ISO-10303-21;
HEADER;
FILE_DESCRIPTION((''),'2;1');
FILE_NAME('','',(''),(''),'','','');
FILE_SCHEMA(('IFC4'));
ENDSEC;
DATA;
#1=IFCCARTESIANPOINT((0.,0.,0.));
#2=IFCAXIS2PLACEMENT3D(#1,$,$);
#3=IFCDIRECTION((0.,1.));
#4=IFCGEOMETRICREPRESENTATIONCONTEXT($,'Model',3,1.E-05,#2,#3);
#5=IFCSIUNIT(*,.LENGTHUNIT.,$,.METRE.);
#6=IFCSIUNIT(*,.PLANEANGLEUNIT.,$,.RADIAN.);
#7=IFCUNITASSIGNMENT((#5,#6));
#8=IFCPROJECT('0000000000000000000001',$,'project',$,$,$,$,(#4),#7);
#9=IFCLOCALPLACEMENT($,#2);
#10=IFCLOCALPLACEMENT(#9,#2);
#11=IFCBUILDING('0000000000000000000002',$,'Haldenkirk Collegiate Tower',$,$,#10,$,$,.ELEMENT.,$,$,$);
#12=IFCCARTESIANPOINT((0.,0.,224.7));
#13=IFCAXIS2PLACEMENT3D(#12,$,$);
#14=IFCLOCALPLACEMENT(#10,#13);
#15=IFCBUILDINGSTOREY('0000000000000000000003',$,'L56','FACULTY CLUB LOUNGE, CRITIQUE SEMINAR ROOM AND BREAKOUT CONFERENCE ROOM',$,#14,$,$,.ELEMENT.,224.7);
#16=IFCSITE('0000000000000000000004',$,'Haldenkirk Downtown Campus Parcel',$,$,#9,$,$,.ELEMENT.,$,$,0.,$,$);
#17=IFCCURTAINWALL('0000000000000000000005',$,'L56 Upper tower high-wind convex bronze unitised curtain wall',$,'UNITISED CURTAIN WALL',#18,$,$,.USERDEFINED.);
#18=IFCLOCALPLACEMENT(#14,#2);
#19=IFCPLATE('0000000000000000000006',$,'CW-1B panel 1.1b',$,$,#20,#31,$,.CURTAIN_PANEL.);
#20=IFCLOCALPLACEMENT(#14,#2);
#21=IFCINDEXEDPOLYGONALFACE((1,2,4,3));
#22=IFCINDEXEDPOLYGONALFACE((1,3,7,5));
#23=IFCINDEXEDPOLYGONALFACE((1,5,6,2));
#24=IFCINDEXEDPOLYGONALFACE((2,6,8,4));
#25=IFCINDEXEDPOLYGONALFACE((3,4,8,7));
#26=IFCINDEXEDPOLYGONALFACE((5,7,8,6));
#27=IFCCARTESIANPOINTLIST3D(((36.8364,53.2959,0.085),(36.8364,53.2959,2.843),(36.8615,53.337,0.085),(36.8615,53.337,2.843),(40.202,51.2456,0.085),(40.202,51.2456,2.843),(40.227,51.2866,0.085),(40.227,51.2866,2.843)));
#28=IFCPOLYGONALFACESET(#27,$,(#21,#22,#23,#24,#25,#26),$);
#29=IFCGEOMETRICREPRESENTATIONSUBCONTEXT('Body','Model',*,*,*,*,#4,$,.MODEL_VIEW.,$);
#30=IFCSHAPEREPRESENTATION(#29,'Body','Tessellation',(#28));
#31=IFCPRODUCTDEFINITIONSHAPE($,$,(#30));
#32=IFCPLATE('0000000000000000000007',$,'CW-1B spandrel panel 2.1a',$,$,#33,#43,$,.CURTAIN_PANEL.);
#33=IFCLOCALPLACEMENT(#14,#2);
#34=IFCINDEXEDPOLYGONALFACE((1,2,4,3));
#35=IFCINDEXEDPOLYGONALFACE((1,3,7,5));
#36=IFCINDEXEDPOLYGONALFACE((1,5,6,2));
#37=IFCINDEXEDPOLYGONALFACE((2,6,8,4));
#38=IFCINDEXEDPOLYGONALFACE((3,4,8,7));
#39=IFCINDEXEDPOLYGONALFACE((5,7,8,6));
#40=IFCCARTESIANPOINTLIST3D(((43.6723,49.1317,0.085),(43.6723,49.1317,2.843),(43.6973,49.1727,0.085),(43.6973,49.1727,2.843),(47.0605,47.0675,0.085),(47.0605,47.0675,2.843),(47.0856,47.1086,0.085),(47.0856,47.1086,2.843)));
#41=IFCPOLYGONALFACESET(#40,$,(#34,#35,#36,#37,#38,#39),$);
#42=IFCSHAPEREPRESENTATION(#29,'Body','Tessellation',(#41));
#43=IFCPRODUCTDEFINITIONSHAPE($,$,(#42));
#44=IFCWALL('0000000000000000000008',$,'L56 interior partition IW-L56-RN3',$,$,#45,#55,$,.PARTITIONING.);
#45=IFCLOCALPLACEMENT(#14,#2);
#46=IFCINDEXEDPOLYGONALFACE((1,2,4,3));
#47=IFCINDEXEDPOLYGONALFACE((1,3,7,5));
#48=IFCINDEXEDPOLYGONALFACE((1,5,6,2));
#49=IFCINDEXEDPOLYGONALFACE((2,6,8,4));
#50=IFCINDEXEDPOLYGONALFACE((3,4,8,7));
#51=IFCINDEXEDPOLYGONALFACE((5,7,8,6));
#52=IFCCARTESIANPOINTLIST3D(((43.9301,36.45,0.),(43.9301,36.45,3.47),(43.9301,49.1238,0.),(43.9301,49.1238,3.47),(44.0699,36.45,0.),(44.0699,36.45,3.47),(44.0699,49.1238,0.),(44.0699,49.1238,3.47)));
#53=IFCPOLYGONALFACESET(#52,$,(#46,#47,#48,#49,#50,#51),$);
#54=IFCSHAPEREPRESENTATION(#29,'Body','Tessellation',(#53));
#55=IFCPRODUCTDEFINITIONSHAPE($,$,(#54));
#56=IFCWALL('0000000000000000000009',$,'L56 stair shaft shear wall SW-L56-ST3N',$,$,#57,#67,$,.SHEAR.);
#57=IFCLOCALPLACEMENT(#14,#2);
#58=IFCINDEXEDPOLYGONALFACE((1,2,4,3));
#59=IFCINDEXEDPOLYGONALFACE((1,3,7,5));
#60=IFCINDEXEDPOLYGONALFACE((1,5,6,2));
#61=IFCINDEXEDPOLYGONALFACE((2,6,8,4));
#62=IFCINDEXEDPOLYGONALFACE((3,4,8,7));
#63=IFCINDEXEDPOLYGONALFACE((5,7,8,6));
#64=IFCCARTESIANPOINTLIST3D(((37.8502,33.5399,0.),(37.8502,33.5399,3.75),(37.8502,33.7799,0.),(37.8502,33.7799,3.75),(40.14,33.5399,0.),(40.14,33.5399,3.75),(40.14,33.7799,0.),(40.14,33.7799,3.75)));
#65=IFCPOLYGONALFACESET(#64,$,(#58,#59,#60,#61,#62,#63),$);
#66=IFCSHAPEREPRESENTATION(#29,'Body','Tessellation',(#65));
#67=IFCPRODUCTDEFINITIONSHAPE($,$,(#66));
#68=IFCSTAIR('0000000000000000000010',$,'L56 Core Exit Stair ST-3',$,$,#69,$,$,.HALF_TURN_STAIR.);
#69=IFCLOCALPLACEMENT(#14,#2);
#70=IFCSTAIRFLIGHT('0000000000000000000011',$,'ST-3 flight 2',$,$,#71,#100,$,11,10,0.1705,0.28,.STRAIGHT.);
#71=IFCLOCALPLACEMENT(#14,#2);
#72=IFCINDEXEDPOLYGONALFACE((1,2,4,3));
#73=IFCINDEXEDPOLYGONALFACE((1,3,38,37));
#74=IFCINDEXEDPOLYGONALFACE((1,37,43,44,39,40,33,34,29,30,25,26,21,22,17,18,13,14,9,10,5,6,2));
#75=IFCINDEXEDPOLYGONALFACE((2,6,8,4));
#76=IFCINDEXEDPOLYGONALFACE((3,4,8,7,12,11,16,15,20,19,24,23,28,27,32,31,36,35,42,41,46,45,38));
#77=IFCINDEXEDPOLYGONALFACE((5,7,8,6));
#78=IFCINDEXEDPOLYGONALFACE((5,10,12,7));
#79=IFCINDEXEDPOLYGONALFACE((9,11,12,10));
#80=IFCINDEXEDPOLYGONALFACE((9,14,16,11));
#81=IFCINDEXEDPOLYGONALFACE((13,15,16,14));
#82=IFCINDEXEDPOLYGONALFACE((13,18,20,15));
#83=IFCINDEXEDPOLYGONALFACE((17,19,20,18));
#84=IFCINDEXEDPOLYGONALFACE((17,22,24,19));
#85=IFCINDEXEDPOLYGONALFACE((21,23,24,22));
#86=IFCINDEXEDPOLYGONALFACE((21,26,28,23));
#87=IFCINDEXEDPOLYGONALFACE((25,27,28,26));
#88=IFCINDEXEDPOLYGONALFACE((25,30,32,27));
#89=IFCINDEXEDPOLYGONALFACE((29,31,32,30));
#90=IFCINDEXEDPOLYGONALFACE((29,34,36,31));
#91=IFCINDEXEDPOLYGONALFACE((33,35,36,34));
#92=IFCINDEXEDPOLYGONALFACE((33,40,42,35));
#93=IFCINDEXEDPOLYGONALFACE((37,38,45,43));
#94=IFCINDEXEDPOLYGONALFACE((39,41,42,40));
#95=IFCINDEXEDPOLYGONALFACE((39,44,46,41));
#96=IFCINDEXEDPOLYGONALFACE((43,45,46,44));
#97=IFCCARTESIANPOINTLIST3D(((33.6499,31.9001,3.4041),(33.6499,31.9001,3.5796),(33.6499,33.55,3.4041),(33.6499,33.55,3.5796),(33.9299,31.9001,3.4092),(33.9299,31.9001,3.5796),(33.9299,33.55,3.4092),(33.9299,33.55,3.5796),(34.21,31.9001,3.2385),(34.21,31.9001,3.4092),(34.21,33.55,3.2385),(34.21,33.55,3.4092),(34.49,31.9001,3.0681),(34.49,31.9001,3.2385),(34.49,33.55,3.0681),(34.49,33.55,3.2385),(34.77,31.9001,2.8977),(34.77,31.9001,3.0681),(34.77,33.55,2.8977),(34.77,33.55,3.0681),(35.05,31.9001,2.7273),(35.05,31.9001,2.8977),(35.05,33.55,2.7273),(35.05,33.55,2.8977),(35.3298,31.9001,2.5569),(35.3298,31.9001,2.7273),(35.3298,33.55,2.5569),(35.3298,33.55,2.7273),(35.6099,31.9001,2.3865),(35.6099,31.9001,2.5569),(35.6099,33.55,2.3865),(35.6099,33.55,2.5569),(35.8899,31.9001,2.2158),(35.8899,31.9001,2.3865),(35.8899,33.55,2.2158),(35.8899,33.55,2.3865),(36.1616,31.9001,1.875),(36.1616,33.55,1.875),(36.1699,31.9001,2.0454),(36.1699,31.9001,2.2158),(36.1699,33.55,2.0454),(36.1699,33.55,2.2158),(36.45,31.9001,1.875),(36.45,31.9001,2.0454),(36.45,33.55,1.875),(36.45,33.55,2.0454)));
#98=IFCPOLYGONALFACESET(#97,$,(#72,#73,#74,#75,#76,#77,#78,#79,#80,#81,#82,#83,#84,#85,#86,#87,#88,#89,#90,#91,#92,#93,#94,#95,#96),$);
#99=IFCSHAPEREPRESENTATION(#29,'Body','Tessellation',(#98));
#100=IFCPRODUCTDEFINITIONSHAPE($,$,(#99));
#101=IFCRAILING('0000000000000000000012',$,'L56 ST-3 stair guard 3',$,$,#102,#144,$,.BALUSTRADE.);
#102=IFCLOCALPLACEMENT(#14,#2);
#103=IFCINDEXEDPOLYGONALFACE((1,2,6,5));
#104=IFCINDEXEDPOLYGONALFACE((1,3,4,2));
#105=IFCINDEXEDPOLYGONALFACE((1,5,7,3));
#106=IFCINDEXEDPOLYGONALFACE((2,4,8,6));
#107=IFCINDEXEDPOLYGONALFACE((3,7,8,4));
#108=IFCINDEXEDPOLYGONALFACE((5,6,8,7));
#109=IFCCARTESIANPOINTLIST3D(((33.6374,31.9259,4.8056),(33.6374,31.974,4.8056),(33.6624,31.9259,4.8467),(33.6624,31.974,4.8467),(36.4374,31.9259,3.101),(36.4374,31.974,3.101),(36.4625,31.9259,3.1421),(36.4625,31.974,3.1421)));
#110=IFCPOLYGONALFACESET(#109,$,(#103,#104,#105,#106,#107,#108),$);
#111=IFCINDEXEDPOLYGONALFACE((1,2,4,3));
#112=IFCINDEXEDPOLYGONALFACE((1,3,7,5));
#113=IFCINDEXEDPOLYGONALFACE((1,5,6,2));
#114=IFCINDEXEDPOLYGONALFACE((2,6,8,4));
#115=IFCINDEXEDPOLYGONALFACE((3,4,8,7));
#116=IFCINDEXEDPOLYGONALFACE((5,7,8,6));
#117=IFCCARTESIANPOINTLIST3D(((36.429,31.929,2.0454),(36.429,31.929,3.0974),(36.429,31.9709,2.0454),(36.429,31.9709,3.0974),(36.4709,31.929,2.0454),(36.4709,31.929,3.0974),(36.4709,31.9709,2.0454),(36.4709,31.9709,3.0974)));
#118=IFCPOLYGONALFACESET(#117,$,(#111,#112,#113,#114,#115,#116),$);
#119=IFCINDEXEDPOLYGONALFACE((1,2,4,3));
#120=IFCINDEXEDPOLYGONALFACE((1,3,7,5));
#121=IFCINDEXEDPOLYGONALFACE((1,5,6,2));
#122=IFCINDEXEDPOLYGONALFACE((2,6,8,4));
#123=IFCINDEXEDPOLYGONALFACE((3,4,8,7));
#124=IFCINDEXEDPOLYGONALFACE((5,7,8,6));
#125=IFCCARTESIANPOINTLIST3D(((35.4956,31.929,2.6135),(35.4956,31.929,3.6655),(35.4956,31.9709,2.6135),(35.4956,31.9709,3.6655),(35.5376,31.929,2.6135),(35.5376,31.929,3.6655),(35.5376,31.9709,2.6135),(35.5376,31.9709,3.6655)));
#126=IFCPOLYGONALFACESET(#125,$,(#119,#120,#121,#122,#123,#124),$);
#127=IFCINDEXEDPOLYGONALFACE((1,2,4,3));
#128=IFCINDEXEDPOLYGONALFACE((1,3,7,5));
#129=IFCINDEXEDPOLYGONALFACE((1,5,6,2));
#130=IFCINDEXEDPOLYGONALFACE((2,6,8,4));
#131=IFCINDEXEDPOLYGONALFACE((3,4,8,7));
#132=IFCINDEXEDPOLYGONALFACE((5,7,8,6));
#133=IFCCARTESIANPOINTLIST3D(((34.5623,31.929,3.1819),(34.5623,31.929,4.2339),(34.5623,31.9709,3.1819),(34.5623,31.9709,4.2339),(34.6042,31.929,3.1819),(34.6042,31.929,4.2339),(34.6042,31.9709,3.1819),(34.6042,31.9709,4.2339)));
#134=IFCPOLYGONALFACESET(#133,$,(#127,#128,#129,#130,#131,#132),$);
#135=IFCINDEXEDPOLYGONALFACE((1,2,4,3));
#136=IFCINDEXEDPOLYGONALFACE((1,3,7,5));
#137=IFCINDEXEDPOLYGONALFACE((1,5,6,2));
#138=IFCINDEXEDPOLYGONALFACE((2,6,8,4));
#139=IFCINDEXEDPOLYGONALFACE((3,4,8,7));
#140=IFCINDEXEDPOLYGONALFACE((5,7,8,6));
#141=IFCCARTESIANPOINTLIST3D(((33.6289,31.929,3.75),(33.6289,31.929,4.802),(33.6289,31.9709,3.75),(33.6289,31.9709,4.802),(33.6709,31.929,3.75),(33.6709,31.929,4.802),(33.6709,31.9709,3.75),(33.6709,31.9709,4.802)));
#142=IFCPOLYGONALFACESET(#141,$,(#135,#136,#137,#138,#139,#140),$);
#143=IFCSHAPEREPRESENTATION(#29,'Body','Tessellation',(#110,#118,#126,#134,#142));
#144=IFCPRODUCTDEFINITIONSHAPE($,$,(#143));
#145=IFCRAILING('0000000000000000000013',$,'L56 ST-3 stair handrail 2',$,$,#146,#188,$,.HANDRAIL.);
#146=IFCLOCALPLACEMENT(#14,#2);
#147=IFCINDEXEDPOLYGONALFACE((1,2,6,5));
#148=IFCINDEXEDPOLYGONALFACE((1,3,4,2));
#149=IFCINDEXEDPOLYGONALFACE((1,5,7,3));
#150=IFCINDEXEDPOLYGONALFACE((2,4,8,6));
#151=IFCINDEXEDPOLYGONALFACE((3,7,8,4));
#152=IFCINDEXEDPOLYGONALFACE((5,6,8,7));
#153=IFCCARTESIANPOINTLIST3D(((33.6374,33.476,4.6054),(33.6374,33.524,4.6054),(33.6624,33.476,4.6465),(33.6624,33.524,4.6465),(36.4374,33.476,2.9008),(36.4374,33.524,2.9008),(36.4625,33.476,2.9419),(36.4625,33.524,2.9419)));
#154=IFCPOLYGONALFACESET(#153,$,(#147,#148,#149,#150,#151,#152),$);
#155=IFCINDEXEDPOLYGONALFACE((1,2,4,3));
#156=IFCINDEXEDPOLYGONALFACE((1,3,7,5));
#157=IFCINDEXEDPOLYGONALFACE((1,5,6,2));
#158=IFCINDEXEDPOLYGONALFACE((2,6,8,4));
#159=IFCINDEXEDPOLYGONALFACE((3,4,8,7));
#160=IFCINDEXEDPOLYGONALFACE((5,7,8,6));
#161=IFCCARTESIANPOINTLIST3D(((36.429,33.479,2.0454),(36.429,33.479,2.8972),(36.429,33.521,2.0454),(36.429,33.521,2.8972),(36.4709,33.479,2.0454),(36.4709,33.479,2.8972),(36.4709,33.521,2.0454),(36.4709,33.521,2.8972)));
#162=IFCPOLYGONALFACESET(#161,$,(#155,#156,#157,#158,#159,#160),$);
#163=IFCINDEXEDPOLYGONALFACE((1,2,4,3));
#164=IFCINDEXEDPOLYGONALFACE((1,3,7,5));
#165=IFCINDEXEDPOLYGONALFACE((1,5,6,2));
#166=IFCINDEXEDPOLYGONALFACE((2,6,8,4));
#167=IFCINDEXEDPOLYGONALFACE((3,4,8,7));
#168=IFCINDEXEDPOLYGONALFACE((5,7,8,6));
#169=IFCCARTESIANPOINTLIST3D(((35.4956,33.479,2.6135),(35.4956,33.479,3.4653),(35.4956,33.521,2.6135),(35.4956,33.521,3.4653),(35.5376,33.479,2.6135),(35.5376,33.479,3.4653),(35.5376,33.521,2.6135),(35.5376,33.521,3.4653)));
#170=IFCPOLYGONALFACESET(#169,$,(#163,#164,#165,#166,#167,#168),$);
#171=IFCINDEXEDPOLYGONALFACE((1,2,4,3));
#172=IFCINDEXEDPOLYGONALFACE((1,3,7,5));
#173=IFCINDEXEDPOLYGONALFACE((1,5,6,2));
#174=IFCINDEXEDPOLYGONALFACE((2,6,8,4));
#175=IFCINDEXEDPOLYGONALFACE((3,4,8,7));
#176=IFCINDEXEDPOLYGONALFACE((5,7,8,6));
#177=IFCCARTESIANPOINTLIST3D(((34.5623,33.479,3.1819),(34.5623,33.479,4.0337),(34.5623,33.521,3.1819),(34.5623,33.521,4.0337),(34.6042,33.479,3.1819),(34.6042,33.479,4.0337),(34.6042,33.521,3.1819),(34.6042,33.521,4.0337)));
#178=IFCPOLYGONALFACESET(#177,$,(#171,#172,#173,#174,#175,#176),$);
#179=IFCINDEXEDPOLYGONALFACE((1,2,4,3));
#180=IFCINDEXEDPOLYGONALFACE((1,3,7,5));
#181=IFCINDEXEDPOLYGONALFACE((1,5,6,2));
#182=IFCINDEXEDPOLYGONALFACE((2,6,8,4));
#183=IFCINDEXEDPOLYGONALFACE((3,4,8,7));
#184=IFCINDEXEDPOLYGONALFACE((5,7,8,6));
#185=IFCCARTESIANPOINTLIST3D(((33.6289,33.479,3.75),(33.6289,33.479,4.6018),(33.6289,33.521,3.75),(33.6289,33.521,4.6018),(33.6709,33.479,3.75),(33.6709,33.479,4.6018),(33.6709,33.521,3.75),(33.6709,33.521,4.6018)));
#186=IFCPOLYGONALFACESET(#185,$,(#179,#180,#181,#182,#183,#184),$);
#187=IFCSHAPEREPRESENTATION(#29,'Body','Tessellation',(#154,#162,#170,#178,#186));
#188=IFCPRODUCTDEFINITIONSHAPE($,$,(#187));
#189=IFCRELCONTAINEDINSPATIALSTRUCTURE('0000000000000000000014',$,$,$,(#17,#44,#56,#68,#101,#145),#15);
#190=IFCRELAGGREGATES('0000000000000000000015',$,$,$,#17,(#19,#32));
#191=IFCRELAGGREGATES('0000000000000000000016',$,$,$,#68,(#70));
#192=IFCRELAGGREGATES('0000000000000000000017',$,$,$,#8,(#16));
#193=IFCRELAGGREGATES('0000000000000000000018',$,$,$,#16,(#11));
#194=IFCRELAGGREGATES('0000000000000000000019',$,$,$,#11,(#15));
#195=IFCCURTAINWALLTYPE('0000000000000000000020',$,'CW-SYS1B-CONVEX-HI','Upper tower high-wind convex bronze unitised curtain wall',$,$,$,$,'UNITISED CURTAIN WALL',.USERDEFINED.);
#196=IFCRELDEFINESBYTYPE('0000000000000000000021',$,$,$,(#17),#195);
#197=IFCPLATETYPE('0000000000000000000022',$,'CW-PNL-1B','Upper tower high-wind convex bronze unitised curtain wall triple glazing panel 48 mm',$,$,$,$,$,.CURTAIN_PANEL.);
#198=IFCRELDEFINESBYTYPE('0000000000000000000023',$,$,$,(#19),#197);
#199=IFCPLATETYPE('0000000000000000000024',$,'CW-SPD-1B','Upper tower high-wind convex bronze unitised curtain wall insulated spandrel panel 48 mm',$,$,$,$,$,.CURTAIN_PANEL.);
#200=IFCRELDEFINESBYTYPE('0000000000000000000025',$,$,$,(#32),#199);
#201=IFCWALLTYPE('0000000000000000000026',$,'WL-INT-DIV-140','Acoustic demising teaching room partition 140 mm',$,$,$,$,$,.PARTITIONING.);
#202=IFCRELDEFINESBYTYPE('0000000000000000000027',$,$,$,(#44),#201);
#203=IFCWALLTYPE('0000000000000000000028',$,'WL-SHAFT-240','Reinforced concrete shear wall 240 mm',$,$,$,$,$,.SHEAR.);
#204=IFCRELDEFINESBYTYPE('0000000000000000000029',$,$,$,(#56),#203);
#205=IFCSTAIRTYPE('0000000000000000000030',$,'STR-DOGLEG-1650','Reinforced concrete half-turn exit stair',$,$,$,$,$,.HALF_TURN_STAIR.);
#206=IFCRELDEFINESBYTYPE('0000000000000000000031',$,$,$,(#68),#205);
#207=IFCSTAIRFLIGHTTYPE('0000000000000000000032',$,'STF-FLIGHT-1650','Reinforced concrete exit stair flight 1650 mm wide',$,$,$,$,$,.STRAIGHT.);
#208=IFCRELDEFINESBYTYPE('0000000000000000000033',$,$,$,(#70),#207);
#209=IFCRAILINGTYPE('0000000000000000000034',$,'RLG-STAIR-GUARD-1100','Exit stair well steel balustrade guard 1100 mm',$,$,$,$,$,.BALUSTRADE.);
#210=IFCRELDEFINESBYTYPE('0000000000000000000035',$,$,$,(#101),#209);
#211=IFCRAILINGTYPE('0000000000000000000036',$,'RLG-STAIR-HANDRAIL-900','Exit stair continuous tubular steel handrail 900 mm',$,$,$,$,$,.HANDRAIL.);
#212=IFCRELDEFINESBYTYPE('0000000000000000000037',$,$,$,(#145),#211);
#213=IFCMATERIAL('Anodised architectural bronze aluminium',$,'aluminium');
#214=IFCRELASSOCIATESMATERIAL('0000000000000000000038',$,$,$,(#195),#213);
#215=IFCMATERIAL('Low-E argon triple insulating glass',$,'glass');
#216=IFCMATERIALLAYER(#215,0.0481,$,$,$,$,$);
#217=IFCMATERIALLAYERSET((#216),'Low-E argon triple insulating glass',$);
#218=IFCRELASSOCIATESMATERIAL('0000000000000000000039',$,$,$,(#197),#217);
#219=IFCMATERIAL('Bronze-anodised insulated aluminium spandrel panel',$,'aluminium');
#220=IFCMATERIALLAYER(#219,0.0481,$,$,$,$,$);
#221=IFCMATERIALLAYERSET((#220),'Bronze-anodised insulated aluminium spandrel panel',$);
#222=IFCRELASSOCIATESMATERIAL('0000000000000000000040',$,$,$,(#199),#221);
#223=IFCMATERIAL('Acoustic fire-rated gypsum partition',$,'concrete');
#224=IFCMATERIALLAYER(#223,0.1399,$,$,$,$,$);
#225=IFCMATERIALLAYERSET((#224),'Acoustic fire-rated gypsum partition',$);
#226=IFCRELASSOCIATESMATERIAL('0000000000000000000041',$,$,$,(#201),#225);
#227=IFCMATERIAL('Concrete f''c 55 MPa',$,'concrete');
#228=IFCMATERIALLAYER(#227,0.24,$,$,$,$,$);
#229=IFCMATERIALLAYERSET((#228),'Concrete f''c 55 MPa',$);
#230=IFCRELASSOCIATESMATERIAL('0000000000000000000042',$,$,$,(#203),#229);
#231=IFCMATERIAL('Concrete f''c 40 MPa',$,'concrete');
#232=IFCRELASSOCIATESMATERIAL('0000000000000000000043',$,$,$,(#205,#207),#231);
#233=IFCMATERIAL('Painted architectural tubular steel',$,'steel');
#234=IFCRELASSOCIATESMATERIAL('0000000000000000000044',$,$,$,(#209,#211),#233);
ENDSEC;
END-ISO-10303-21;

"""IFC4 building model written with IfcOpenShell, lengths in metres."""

from ifc_helpers import new_model, si_unit, direction, frame, frame_2d, origin, origin_2d, place, context, subcontext, project, spatial, polyline, rectangle, outline, extrude, source, transform, mapped, material, layer, layer_set, type_object, element, aggregate, save


model = new_model("IFC4")

# Units and contexts
model_context = context("Model", 3, precision=1e-05, world=origin(), true_north=direction((0.0, 1.0)))
body_context = subcontext(model_context, "Body", "Model", "MODEL_VIEW")
ifc_project = project(units=[si_unit("LENGTHUNIT", "METRE"), si_unit("PLANEANGLEUNIT", "RADIAN")], contexts=[model_context])

# Site, building, storey
site_placement = place(None, origin())
site = spatial("IfcSite", under=ifc_project, at=site_placement, Name="Haldenkirk Downtown Campus Parcel", CompositionType="ELEMENT", RefElevation=0.0)
building_placement = place(site_placement, origin())
building = spatial("IfcBuilding", under=site, at=building_placement, Name="Haldenkirk Collegiate Tower", CompositionType="ELEMENT")
storey_placement = place(building_placement, frame((0.0, 0.0, 224.7)))
storey = spatial("IfcBuildingStorey", under=building, at=storey_placement, Name="L56", Description="FACULTY CLUB LOUNGE, CRITIQUE SEMINAR ROOM AND BREAKOUT CONFERENCE ROOM", CompositionType="ELEMENT", Elevation=224.7)

# Curtain wall
ifc_material_1 = material(Name="Anodised architectural bronze aluminium", Category="aluminium")
curtain_wall_type = type_object("IfcCurtainWallType", Name="CW-SYS1B-CONVEX-HI", Description="Upper tower high-wind convex bronze unitised curtain wall", ElementType="UNITISED CURTAIN WALL", PredefinedType="USERDEFINED", material=ifc_material_1)
curtain_wall_placement = place(storey_placement, origin())
curtain_wall = element("IfcCurtainWall", 1, at=curtain_wall_placement, inside=storey, type_object=curtain_wall_type, Name="L56 Upper tower high-wind convex bronze unitised curtain wall", ObjectType="UNITISED CURTAIN WALL", PredefinedType="USERDEFINED")

# Plates
ifc_material_2 = material(Name="Low-E argon triple insulating glass", Category="glass")
ifc_layer_1 = layer(ifc_material_2, 0.0481)
ifc_layer_set_1 = layer_set([ifc_layer_1], Name="Low-E argon triple insulating glass")
plate_type_1 = type_object("IfcPlateType", Name="CW-PNL-1B", Description="Upper tower high-wind convex bronze unitised curtain wall triple glazing panel 48 mm", PredefinedType="CURTAIN_PANEL", material=ifc_layer_set_1)
ifc_material_3 = material(Name="Bronze-anodised insulated aluminium spandrel panel", Category="aluminium")
ifc_layer_2 = layer(ifc_material_3, 0.0481)
ifc_layer_set_2 = layer_set([ifc_layer_2], Name="Bronze-anodised insulated aluminium spandrel panel")
plate_type_2 = type_object("IfcPlateType", Name="CW-SPD-1B", Description="Upper tower high-wind convex bronze unitised curtain wall insulated spandrel panel 48 mm", PredefinedType="CURTAIN_PANEL", material=ifc_layer_set_2)
shared_shape_1 = source(origin(), body_context, "Body", "SweptSolid", [
    extrude(rectangle(XDim=3.9409, YDim=0.0481, at=origin_2d()), origin(), (0.0, 0.0, 1.0), 2.7581),
])
plate_1_placement = place(storey_placement, frame((38.5317, 52.2913, 0.085), z_axis=(0.0, 0.0, 1.0), x_axis=(0.854005, -0.520265, 0.0)))
plate_1 = element("IfcPlate", 2, at=plate_1_placement, type_object=plate_type_1, Name="CW-1B panel 1.1b", PredefinedType="CURTAIN_PANEL", context=body_context, shape_type="MappedRepresentation", body=[
    mapped(shared_shape_1, transform((0.0, 0.0, 0.0), x_axis=(1.0, 0.0, 0.0), y_axis=(0.0, 1.0, 0.0), z_axis=(0.0, 0.0, 1.0), scale=1.0)),
])
shared_shape_2 = source(origin(), body_context, "Body", "SweptSolid", [
    extrude(rectangle(XDim=3.9675, YDim=0.0481, at=origin_2d()), origin(), (0.0, 0.0, 1.0), 2.7581),
])
plate_2_placement = place(storey_placement, frame((45.3789, 48.1201, 0.085), z_axis=(0.0, 0.0, 1.0), x_axis=(0.854005, -0.520265, 0.0)))
plate_2 = element("IfcPlate", 3, at=plate_2_placement, type_object=plate_type_2, Name="CW-1B spandrel panel 2.1a", PredefinedType="CURTAIN_PANEL", context=body_context, shape_type="MappedRepresentation", body=[
    mapped(shared_shape_2, transform((0.0, 0.0, 0.0), x_axis=(1.0, 0.0, 0.0), y_axis=(0.0, 1.0, 0.0), z_axis=(0.0, 0.0, 1.0), scale=1.0)),
])
aggregate(curtain_wall, [plate_1, plate_2])

# Walls
ifc_material_4 = material(Name="Acoustic fire-rated gypsum partition", Category="concrete")
ifc_layer_3 = layer(ifc_material_4, 0.1399)
ifc_layer_set_3 = layer_set([ifc_layer_3], Name="Acoustic fire-rated gypsum partition")
wall_type_1 = type_object("IfcWallType", Name="WL-INT-DIV-140", Description="Acoustic demising teaching room partition 140 mm", PredefinedType="PARTITIONING", material=ifc_layer_set_3)
wall_1_placement = place(storey_placement, frame((44.0, 36.45, 0.0), z_axis=(0.0, 0.0, 1.0), x_axis=(0.0, 1.0, 0.0)))
element("IfcWall", 4, at=wall_1_placement, inside=storey, type_object=wall_type_1, Name="L56 interior partition IW-L56-RN3", PredefinedType="PARTITIONING", context=body_context, shape_type="SweptSolid", body=[
    extrude(rectangle(XDim=12.6738, YDim=0.1399, at=frame_2d((6.3369, 0.0))), origin(), (0.0, 0.0, 1.0), 3.47),
])
ifc_material_5 = material(Name="Concrete f'c 55 MPa", Category="concrete")
ifc_layer_4 = layer(ifc_material_5, 0.24)
ifc_layer_set_4 = layer_set([ifc_layer_4], Name="Concrete f'c 55 MPa")
wall_type_2 = type_object("IfcWallType", Name="WL-SHAFT-240", Description="Reinforced concrete shear wall 240 mm", PredefinedType="SHEAR", material=ifc_layer_set_4)
wall_2_placement = place(storey_placement, frame((37.8501, 33.6599, 0.0), z_axis=(0.0, 0.0, 1.0), x_axis=(1.0, 0.0, 0.0)))
element("IfcWall", 5, at=wall_2_placement, inside=storey, type_object=wall_type_2, Name="L56 stair shaft shear wall SW-L56-ST3N", PredefinedType="SHEAR", context=body_context, shape_type="SweptSolid", body=[
    extrude(rectangle(XDim=2.2898, YDim=0.24, at=frame_2d((1.145, 0.0))), origin(), (0.0, 0.0, 1.0), 3.75),
])

# Stair, stair flight
ifc_material_6 = material(Name="Concrete f'c 40 MPa", Category="concrete")
stair_type = type_object("IfcStairType", Name="STR-DOGLEG-1650", Description="Reinforced concrete half-turn exit stair", PredefinedType="HALF_TURN_STAIR", material=ifc_material_6)
stair_placement = place(storey_placement, origin())
stair = element("IfcStair", 6, at=stair_placement, inside=storey, type_object=stair_type, Name="L56 Core Exit Stair ST-3", PredefinedType="HALF_TURN_STAIR")
stair_flight_type = type_object("IfcStairFlightType", Name="STF-FLIGHT-1650", Description="Reinforced concrete exit stair flight 1650 mm wide", PredefinedType="STRAIGHT", material=ifc_material_6)
stair_flight_placement = place(storey_placement, frame((36.45, 32.7251, 1.875), z_axis=(0.0, 0.0, 1.0), x_axis=(-1.0, 0.0, 0.0)))
stair_flight = element("IfcStairFlight", 7, at=stair_flight_placement, type_object=stair_flight_type, Name="ST-3 flight 2", NumberOfRisers=11, NumberOfTreads=10, PredefinedType="STRAIGHT", RiserHeight=0.1705, TreadLength=0.28, context=body_context, shape_type="SweptSolid", body=[
    extrude(outline(polyline([(0.0, 0.0), (0.0, 0.1704), (0.28, 0.1704), (0.28, 0.3408), (0.5601, 0.3408), (0.5601, 0.5115), (0.8401, 0.5115), (0.8401, 0.6819), (1.1201, 0.6819), (1.1201, 0.8523), (1.3999, 0.8523), (1.3999, 1.0227), (1.6799, 1.0227), (1.6799, 1.1931), (1.96, 1.1931), (1.96, 1.3635), (2.24, 1.3635), (2.24, 1.5342), (2.52, 1.5342), (2.52, 1.7046), (2.8, 1.7046), (2.8, 1.875), (2.8, 1.5291), (0.2883, 0.0), (0.0, 0.0)])), frame((0.0, 0.825, 0.0), z_axis=(0.0, -1.0, 0.0), x_axis=(1.0, 0.0, 0.0)), (0.0, 0.0, 1.0), 1.6499),
])
aggregate(stair, [stair_flight])

# Railings
ifc_material_7 = material(Name="Painted architectural tubular steel", Category="steel")
railing_type_1 = type_object("IfcRailingType", Name="RLG-STAIR-GUARD-1100", Description="Exit stair well steel balustrade guard 1100 mm", PredefinedType="BALUSTRADE", material=ifc_material_7)
railing_1_placement = place(storey_placement, frame((36.45, 31.95, 2.0454)))
element("IfcRailing", 8, at=railing_1_placement, inside=storey, type_object=railing_type_1, Name="L56 ST-3 stair guard 3", PredefinedType="BALUSTRADE", context=body_context, shape_type="SweptSolid", body=[
    extrude(rectangle(XDim=0.0481, YDim=0.0481, at=origin_2d()), frame((0.0, 0.0, 1.0762), z_axis=(-0.85417, 0.0, 0.519994), x_axis=(0.0, -1.0, 0.0)), (0.0, 0.0, 1.0), 3.2781),
    extrude(rectangle(XDim=0.042, YDim=0.042, at=origin_2d()), origin(), (0.0, 0.0, 1.0), 1.052),
    extrude(rectangle(XDim=0.042, YDim=0.042, at=origin_2d()), frame((-0.9333, 0.0, 0.5681)), (0.0, 0.0, 1.0), 1.052),
    extrude(rectangle(XDim=0.042, YDim=0.042, at=origin_2d()), frame((-1.8667, 0.0, 1.1365)), (0.0, 0.0, 1.0), 1.052),
    extrude(rectangle(XDim=0.042, YDim=0.042, at=origin_2d()), frame((-2.8, 0.0, 1.7046)), (0.0, 0.0, 1.0), 1.052),
])
railing_type_2 = type_object("IfcRailingType", Name="RLG-STAIR-HANDRAIL-900", Description="Exit stair continuous tubular steel handrail 900 mm", PredefinedType="HANDRAIL", material=ifc_material_7)
railing_2_placement = place(storey_placement, frame((36.45, 33.5, 2.0454)))
element("IfcRailing", 9, at=railing_2_placement, inside=storey, type_object=railing_type_2, Name="L56 ST-3 stair handrail 2", PredefinedType="HANDRAIL", context=body_context, shape_type="SweptSolid", body=[
    extrude(rectangle(XDim=0.0481, YDim=0.0481, at=origin_2d()), frame((0.0, 0.0, 0.876), z_axis=(-0.85417, 0.0, 0.519994), x_axis=(0.0, -1.0, 0.0)), (0.0, 0.0, 1.0), 3.2781),
    extrude(rectangle(XDim=0.042, YDim=0.042, at=origin_2d()), origin(), (0.0, 0.0, 1.0), 0.8518),
    extrude(rectangle(XDim=0.042, YDim=0.042, at=origin_2d()), frame((-0.9333, 0.0, 0.5681)), (0.0, 0.0, 1.0), 0.8518),
    extrude(rectangle(XDim=0.042, YDim=0.042, at=origin_2d()), frame((-1.8667, 0.0, 1.1365)), (0.0, 0.0, 1.0), 0.8518),
    extrude(rectangle(XDim=0.042, YDim=0.042, at=origin_2d()), frame((-2.8, 0.0, 1.7046)), (0.0, 0.0, 1.0), 0.8518),
])

save(model, "model.ifc")
